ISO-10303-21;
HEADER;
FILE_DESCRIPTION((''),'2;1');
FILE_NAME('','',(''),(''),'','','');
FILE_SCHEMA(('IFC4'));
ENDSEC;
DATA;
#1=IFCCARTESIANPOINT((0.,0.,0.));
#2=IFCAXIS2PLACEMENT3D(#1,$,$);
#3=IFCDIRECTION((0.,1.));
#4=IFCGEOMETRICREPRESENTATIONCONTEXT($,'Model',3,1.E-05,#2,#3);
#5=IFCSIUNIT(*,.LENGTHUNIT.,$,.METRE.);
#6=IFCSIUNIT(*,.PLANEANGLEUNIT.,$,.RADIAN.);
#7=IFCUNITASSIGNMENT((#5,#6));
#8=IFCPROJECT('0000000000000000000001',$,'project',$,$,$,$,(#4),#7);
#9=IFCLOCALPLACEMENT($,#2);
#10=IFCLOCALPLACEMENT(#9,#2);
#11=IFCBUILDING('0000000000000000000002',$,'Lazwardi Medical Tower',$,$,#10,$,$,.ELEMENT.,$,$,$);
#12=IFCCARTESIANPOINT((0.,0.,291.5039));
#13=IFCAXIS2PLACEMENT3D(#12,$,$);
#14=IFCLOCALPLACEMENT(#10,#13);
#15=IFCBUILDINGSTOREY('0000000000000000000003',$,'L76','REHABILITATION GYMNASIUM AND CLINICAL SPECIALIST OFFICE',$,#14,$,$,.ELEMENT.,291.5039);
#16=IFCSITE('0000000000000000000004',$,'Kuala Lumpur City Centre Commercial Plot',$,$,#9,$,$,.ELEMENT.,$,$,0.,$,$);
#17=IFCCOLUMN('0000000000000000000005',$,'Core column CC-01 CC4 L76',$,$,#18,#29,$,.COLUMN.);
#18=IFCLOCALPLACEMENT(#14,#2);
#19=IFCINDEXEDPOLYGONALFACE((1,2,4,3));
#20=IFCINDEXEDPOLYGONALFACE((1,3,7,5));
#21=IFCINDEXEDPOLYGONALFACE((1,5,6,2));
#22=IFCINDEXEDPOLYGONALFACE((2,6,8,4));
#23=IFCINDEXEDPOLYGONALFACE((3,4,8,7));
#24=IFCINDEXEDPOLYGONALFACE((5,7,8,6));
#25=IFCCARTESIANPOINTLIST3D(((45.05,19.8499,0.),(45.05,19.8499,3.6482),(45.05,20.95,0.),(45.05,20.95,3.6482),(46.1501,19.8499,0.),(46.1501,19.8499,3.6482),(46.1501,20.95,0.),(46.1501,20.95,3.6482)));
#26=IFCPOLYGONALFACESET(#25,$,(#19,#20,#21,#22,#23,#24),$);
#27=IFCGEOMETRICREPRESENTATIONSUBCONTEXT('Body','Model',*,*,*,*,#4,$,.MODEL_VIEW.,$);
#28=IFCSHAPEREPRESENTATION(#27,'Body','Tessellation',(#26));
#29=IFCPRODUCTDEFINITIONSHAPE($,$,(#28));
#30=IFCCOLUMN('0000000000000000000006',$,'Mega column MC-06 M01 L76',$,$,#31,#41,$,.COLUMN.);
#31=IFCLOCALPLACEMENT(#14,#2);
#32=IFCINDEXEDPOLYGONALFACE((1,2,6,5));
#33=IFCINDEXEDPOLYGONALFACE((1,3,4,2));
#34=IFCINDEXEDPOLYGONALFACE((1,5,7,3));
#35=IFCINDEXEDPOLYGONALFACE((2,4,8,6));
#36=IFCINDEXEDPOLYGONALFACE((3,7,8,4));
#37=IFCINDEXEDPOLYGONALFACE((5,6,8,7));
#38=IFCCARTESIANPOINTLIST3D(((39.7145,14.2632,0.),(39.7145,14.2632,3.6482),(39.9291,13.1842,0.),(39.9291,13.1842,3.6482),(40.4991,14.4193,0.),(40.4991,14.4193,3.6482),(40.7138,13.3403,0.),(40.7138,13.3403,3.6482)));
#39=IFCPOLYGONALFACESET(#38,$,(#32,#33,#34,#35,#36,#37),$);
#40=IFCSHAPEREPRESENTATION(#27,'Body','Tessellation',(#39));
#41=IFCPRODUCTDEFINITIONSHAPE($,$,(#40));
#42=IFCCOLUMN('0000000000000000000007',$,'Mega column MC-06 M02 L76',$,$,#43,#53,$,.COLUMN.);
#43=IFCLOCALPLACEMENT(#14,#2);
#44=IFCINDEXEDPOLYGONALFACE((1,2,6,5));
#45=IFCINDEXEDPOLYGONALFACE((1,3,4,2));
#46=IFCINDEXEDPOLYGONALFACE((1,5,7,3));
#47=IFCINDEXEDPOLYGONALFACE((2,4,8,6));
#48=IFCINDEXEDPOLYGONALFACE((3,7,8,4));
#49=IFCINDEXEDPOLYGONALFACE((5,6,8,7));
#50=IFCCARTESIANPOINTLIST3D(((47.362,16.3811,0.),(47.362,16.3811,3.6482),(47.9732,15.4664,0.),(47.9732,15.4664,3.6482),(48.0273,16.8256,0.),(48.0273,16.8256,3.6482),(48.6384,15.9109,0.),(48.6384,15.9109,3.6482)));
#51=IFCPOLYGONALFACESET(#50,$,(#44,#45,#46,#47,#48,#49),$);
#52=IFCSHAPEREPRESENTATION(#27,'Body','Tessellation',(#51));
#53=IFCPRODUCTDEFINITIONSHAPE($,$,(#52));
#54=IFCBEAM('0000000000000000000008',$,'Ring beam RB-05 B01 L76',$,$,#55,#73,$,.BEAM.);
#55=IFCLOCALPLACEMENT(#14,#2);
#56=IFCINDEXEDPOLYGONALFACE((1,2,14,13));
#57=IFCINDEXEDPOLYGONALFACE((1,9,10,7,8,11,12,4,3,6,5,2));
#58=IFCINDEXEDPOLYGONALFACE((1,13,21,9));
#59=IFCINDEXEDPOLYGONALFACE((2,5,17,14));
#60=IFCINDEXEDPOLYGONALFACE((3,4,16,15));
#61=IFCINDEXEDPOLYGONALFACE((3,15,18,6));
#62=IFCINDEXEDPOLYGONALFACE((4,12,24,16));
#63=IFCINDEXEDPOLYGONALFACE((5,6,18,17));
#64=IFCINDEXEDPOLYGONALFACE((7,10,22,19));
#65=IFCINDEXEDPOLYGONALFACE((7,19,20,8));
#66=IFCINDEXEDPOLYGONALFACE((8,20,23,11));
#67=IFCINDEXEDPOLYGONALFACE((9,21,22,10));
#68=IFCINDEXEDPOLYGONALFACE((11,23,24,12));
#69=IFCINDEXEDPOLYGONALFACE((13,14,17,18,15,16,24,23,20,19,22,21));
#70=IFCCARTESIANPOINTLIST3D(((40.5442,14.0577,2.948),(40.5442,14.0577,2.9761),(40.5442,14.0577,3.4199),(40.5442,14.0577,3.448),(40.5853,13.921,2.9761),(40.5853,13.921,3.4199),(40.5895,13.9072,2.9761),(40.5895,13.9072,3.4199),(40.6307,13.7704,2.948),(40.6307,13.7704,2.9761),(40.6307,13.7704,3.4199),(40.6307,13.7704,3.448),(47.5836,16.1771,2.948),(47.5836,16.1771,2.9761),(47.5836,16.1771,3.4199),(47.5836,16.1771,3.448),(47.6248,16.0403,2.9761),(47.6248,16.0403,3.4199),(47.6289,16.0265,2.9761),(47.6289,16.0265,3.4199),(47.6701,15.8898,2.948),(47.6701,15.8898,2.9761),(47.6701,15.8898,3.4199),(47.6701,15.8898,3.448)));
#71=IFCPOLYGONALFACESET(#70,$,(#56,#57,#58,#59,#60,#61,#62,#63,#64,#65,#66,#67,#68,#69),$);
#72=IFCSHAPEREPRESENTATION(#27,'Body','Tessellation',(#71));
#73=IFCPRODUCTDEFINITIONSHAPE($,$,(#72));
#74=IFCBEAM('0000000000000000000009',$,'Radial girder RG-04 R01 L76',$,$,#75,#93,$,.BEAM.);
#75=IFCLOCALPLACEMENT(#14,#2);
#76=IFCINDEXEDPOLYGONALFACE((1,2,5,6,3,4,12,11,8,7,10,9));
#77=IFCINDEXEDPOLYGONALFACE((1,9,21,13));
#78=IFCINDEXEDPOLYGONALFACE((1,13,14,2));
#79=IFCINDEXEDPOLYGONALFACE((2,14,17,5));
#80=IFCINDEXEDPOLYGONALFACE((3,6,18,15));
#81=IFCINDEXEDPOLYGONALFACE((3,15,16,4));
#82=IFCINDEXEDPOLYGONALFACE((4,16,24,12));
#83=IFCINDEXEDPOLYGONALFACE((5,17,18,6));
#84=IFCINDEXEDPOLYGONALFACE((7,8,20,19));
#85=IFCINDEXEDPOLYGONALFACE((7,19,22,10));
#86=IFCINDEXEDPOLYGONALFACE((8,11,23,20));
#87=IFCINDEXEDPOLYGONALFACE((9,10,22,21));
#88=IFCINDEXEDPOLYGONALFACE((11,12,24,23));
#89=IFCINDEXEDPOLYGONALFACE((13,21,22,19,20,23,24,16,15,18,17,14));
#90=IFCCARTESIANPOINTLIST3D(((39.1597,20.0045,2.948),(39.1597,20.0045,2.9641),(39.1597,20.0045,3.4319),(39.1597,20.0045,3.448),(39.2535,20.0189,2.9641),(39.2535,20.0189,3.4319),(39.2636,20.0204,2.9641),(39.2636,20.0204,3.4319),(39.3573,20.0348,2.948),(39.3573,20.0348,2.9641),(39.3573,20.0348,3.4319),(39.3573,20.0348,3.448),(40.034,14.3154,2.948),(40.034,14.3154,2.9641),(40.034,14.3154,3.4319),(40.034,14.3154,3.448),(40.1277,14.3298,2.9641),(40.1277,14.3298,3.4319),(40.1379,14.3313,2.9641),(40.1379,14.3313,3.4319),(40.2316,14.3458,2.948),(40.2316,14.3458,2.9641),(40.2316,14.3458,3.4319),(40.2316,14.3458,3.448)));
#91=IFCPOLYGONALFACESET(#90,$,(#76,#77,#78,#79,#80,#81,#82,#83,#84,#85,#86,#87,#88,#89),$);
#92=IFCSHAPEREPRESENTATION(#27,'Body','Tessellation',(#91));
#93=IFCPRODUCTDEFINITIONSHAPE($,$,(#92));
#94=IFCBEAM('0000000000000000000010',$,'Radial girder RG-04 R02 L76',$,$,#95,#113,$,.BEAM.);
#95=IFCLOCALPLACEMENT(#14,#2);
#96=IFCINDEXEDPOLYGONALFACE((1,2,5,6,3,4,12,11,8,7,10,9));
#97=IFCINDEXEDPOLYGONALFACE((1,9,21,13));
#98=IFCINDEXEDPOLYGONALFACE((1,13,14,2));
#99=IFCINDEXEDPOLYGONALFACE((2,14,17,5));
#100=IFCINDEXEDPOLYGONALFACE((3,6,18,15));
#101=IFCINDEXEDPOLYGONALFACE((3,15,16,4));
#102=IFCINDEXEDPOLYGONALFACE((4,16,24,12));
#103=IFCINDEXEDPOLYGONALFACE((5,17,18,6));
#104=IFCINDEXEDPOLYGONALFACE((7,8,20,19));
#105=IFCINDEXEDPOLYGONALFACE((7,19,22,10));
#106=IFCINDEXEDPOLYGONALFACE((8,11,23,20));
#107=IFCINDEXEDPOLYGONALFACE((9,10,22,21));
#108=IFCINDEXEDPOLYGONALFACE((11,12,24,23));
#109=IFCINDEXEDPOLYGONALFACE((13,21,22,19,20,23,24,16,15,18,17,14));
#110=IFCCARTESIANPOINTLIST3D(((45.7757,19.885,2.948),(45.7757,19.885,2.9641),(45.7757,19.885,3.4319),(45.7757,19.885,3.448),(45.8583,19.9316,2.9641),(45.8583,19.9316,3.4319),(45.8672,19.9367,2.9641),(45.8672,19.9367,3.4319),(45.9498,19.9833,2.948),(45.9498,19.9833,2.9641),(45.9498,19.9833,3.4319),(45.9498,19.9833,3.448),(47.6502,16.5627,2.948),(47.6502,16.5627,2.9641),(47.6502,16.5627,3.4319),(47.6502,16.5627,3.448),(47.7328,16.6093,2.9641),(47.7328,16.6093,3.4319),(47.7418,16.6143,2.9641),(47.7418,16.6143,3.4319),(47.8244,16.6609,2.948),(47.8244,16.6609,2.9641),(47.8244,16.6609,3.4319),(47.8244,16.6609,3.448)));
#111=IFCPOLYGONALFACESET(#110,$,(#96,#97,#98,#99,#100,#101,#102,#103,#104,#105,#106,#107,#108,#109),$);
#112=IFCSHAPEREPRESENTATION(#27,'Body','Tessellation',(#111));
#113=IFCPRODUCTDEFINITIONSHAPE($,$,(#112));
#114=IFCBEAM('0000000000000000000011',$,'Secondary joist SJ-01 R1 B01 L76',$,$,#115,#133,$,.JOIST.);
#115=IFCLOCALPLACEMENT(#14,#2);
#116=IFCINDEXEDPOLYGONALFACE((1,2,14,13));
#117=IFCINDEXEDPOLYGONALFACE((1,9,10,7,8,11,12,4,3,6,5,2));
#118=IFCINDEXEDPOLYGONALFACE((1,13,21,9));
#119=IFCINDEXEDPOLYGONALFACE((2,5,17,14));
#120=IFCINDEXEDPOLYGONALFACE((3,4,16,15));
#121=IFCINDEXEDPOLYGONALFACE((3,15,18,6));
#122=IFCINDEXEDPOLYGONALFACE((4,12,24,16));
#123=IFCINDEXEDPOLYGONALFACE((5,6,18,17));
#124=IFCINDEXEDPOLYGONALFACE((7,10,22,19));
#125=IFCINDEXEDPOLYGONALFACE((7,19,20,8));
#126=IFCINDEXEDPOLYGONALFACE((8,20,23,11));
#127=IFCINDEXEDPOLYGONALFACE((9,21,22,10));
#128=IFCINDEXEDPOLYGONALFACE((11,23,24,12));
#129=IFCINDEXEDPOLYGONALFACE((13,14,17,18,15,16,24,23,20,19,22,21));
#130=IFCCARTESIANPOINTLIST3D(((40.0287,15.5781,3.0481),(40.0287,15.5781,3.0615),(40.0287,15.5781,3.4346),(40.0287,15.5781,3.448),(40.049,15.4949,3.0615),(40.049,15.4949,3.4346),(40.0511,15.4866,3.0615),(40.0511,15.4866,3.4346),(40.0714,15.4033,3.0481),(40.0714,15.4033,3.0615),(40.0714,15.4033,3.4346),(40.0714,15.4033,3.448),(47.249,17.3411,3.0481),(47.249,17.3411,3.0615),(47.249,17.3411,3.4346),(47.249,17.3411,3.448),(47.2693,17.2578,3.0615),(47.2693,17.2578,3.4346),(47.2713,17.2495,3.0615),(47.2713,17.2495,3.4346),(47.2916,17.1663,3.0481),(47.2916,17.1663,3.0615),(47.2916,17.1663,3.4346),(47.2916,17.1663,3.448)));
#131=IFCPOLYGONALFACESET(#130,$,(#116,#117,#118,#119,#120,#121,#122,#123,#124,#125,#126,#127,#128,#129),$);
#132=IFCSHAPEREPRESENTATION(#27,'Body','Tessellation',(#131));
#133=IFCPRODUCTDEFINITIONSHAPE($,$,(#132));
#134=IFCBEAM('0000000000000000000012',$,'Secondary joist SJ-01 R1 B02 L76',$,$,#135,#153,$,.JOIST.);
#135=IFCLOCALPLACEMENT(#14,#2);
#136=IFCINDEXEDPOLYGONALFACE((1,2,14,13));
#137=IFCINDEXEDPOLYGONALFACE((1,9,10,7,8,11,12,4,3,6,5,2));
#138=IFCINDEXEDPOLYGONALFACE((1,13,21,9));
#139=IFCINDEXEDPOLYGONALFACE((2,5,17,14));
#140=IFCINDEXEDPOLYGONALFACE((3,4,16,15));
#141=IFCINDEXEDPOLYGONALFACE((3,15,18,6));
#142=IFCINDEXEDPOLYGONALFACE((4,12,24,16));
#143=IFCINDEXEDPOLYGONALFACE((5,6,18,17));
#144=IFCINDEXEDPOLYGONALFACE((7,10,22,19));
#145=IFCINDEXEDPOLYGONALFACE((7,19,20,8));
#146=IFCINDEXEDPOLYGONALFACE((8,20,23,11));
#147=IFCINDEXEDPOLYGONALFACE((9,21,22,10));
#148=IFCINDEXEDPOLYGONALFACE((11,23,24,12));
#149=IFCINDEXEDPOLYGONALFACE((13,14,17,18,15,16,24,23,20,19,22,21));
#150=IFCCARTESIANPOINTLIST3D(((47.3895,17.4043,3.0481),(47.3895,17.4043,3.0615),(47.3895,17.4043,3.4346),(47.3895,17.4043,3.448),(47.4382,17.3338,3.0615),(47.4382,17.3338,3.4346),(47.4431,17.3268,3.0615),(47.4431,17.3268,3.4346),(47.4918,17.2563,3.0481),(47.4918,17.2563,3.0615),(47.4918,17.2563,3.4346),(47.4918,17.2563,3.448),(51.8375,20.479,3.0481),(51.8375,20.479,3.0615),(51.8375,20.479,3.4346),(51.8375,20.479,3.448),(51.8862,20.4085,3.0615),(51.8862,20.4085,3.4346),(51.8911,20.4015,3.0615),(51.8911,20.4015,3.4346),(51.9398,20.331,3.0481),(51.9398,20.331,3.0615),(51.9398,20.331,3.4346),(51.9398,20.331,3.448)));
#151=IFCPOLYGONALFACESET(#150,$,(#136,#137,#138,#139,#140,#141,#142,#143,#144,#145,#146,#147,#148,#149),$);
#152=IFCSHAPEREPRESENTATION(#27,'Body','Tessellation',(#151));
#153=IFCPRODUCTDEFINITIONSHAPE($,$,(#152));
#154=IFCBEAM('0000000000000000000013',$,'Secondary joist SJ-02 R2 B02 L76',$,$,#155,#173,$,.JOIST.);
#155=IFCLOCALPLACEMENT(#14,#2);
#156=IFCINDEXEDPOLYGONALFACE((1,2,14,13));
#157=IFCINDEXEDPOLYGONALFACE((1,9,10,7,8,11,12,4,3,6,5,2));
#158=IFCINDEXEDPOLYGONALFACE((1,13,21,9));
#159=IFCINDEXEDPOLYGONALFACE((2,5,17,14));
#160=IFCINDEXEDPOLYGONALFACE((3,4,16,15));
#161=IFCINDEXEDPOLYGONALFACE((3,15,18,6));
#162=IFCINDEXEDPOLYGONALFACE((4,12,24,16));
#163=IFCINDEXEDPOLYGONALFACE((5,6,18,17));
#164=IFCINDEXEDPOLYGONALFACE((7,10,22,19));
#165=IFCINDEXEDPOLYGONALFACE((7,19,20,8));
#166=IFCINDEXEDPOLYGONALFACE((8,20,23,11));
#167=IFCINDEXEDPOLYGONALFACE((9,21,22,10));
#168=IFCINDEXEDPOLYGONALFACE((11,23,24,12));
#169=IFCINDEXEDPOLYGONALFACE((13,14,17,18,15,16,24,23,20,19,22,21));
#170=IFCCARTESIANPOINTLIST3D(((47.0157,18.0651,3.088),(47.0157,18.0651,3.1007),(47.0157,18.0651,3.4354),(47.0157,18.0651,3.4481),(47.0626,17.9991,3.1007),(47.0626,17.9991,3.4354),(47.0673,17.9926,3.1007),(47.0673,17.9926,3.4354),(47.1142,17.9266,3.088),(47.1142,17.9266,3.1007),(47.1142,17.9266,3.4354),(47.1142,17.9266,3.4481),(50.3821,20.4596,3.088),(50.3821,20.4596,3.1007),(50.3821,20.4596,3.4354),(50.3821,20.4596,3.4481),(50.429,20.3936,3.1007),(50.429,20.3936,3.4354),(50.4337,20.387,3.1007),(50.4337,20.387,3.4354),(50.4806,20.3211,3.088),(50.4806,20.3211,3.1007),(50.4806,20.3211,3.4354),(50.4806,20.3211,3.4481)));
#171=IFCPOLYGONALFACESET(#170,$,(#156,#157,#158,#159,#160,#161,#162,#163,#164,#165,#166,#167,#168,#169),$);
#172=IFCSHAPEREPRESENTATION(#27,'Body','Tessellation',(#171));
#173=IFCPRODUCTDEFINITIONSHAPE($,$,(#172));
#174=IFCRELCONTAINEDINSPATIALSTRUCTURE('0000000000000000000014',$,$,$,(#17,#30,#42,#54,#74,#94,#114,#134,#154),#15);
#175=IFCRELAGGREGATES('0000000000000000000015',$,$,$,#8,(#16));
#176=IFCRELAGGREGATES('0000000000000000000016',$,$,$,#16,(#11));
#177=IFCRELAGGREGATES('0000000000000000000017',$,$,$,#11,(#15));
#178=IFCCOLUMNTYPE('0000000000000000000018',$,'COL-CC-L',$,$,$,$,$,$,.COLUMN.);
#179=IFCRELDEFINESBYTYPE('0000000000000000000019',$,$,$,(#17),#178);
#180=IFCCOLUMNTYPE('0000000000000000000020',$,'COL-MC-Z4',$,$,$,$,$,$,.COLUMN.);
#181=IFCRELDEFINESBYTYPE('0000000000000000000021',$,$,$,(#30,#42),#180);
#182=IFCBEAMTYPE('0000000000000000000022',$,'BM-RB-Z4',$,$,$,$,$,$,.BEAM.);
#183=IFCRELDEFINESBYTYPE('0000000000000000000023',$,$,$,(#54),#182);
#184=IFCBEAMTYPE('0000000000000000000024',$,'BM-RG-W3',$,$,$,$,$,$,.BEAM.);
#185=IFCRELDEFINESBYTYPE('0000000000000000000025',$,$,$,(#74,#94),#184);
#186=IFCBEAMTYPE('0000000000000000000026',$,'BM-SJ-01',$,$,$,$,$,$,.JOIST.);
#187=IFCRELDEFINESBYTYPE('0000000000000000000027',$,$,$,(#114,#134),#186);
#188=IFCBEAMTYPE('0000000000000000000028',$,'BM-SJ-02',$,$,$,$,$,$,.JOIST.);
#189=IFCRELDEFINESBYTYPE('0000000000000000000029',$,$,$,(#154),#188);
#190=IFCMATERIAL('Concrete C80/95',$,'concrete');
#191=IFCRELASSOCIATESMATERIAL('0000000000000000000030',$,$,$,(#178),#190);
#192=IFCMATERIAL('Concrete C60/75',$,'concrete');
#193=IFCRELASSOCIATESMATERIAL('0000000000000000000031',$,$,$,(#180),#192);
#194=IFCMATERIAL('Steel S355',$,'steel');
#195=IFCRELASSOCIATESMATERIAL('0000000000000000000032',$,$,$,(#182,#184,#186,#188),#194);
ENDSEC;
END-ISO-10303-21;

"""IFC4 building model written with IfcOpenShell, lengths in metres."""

from ifc_helpers import new_model, si_unit, direction, frame, origin, origin_2d, place, context, subcontext, project, spatial, rectangle, i_section, extrude, material, material_profile, profile_set, type_object, element, save


model = new_model("IFC4")

# Units and contexts
model_context = context("Model", 3, precision=1e-05, world=origin(), true_north=direction((0.0, 1.0)))
body_context = subcontext(model_context, "Body", "Model", "MODEL_VIEW")
ifc_project = project(units=[si_unit("LENGTHUNIT", "METRE"), si_unit("PLANEANGLEUNIT", "RADIAN")], contexts=[model_context])

# Site, building, storey
site_placement = place(None, origin())
site = spatial("IfcSite", under=ifc_project, at=site_placement, Name="Kuala Lumpur City Centre Commercial Plot", CompositionType="ELEMENT", RefElevation=0.0)
building_placement = place(site_placement, origin())
building = spatial("IfcBuilding", under=site, at=building_placement, Name="Lazwardi Medical Tower", CompositionType="ELEMENT")
storey_placement = place(building_placement, frame((0.0, 0.0, 291.5039)))
storey = spatial("IfcBuildingStorey", under=building, at=storey_placement, Name="L76", Description="REHABILITATION GYMNASIUM AND CLINICAL SPECIALIST OFFICE", CompositionType="ELEMENT", Elevation=291.5039)

# Columns
ifc_material_1 = material(Name="Concrete C80/95", Category="concrete")
ifc_material_profile_1 = material_profile(ifc_material_1, rectangle(XDim=1.1001, YDim=1.1001, at=origin_2d()), Name="RC 1100x1100")
ifc_profile_set_1 = profile_set([ifc_material_profile_1], Name="Concrete C80/95")
column_type_1 = type_object("IfcColumnType", Name="COL-CC-L", PredefinedType="COLUMN", material=ifc_profile_set_1)
column_placement = place(storey_placement, frame((45.6001, 20.3999, 0.0), z_axis=(0.0, 0.0, 1.0), x_axis=(1.0, 0.0, 0.0)))
element("IfcColumn", 1, at=column_placement, inside=storey, type_object=column_type_1, Name="Core column CC-01 CC4 L76", PredefinedType="COLUMN", context=body_context, shape_type="SweptSolid", body=[
    extrude(rectangle(XDim=1.1001, YDim=1.1001, at=origin_2d()), origin(), (0.0, 0.0, 1.0), 3.6482),
])
ifc_material_2 = material(Name="Concrete C60/75", Category="concrete")
ifc_material_profile_2 = material_profile(ifc_material_2, rectangle(XDim=1.1001, YDim=0.8, at=origin_2d()), Name="CFT-RECT 1100x800")
ifc_profile_set_2 = profile_set([ifc_material_profile_2], Name="Concrete C60/75")
column_type_2 = type_object("IfcColumnType", Name="COL-MC-Z4", PredefinedType="COLUMN", material=ifc_profile_set_2)
for number, where, z_axis, x_axis, name in (
    (2, (40.2141, 13.8018, 0.0), (0.0, 0.0, 1.0), (0.19509, -0.980785, 0.0), "Mega column MC-06 M01 L76"),
    (3, (48.0002, 16.146, 0.0), (0.0, 0.0, 1.0), (0.55557, -0.83147, 0.0), "Mega column MC-06 M02 L76"),
):
    element("IfcColumn", number, at=place(storey_placement, frame(where, z_axis=z_axis, x_axis=x_axis)), inside=storey, type_object=column_type_2, Name=name, PredefinedType="COLUMN", context=body_context, shape_type="SweptSolid", body=[
        extrude(rectangle(XDim=1.1001, YDim=0.8, at=origin_2d()), origin(), (0.0, 0.0, 1.0), 3.6482),
    ])

# Beams
ifc_material_3 = material(Name="Steel S355", Category="steel")
ifc_material_profile_3 = material_profile(ifc_material_3, i_section(OverallWidth=0.3, OverallDepth=0.5, WebThickness=0.0144, FlangeThickness=0.0281, at=origin_2d()), Name="HEB 500")
ifc_profile_set_3 = profile_set([ifc_material_profile_3], Name="Steel S355")
beam_type_1 = type_object("IfcBeamType", Name="BM-RB-Z4", PredefinedType="BEAM", material=ifc_profile_set_3)
beam_1_placement = place(storey_placement, frame((40.5874, 13.9141, 3.198), z_axis=(0.957544, 0.288286, 0.0), x_axis=(-0.288286, 0.957544, 0.0)))
element("IfcBeam", 4, at=beam_1_placement, inside=storey, type_object=beam_type_1, Name="Ring beam RB-05 B01 L76", PredefinedType="BEAM", context=body_context, shape_type="SweptSolid", body=[
    extrude(i_section(OverallWidth=0.3, OverallDepth=0.5, WebThickness=0.0144, FlangeThickness=0.0281, at=origin_2d()), origin(), (0.0, 0.0, 1.0), 7.3516),
])
ifc_material_profile_4 = material_profile(ifc_material_3, i_section(OverallWidth=0.2, OverallDepth=0.5, WebThickness=0.0103, FlangeThickness=0.0161, at=origin_2d()), Name="IPE 500")
ifc_profile_set_4 = profile_set([ifc_material_profile_4], Name="Steel S355")
beam_type_2 = type_object("IfcBeamType", Name="BM-RG-W3", PredefinedType="BEAM", material=ifc_profile_set_4)
beam_2_placement = place(storey_placement, frame((40.1328, 14.3306, 3.198), z_axis=(-0.151895, 0.988397, 0.0), x_axis=(-0.988397, -0.151895, 0.0)))
element("IfcBeam", 5, at=beam_2_placement, inside=storey, type_object=beam_type_2, Name="Radial girder RG-04 R01 L76", PredefinedType="BEAM", context=body_context, shape_type="SweptSolid", body=[
    extrude(i_section(OverallWidth=0.2, OverallDepth=0.5, WebThickness=0.0103, FlangeThickness=0.0161, at=origin_2d()), origin(), (0.0, 0.0, 1.0), 5.7559),
])
beam_3_placement = place(storey_placement, frame((47.7373, 16.6118, 3.198), z_axis=(-0.491403, 0.870932, 0.0), x_axis=(-0.870932, -0.491403, 0.0)))
element("IfcBeam", 6, at=beam_3_placement, inside=storey, type_object=beam_type_2, Name="Radial girder RG-04 R02 L76", PredefinedType="BEAM", context=body_context, shape_type="SweptSolid", body=[
    extrude(i_section(OverallWidth=0.2, OverallDepth=0.5, WebThickness=0.0103, FlangeThickness=0.0161, at=origin_2d()), origin(), (0.0, 0.0, 1.0), 3.8147),
])
ifc_material_profile_5 = material_profile(ifc_material_3, i_section(OverallWidth=0.1799, OverallDepth=0.3999, WebThickness=0.0085, FlangeThickness=0.0134, at=origin_2d()), Name="IPE 400")
ifc_profile_set_5 = profile_set([ifc_material_profile_5], Name="Steel S355")
beam_type_3 = type_object("IfcBeamType", Name="BM-SJ-01", PredefinedType="JOIST", material=ifc_profile_set_5)
beam_4_placement = place(storey_placement, frame((40.05, 15.4907, 3.248), z_axis=(0.971461, 0.237199, 0.0), x_axis=(-0.237199, 0.971461, 0.0)))
element("IfcBeam", 7, at=beam_4_placement, inside=storey, type_object=beam_type_3, Name="Secondary joist SJ-01 R1 B01 L76", PredefinedType="JOIST", context=body_context, shape_type="SweptSolid", body=[
    extrude(i_section(OverallWidth=0.1799, OverallDepth=0.3999, WebThickness=0.0085, FlangeThickness=0.0134, at=origin_2d()), origin(), (0.0, 0.0, 1.0), 7.4324),
])
beam_5_placement = place(storey_placement, frame((47.4407, 17.3303, 3.248), z_axis=(0.822597, 0.568625, 0.0), x_axis=(-0.568625, 0.822597, 0.0)))
element("IfcBeam", 8, at=beam_5_placement, inside=storey, type_object=beam_type_3, Name="Secondary joist SJ-01 R1 B02 L76", PredefinedType="JOIST", context=body_context, shape_type="SweptSolid", body=[
    extrude(i_section(OverallWidth=0.1799, OverallDepth=0.3999, WebThickness=0.0085, FlangeThickness=0.0134, at=origin_2d()), origin(), (0.0, 0.0, 1.0), 5.4072),
])
ifc_material_profile_6 = material_profile(ifc_material_3, i_section(OverallWidth=0.1699, OverallDepth=0.3601, WebThickness=0.0081, FlangeThickness=0.0127, at=origin_2d()), Name="IPE 360")
ifc_profile_set_6 = profile_set([ifc_material_profile_6], Name="Steel S355")
beam_type_4 = type_object("IfcBeamType", Name="BM-SJ-02", PredefinedType="JOIST", material=ifc_profile_set_6)
beam_6_placement = place(storey_placement, frame((47.0649, 17.9958, 3.2681), z_axis=(0.814886, 0.579621, 0.0), x_axis=(-0.579621, 0.814886, 0.0)))
element("IfcBeam", 9, at=beam_6_placement, inside=storey, type_object=beam_type_4, Name="Secondary joist SJ-02 R2 B02 L76", PredefinedType="JOIST", context=body_context, shape_type="SweptSolid", body=[
    extrude(i_section(OverallWidth=0.1699, OverallDepth=0.3601, WebThickness=0.0081, FlangeThickness=0.0127, at=origin_2d()), origin(), (0.0, 0.0, 1.0), 4.1311),
])

save(model, "model.ifc")
